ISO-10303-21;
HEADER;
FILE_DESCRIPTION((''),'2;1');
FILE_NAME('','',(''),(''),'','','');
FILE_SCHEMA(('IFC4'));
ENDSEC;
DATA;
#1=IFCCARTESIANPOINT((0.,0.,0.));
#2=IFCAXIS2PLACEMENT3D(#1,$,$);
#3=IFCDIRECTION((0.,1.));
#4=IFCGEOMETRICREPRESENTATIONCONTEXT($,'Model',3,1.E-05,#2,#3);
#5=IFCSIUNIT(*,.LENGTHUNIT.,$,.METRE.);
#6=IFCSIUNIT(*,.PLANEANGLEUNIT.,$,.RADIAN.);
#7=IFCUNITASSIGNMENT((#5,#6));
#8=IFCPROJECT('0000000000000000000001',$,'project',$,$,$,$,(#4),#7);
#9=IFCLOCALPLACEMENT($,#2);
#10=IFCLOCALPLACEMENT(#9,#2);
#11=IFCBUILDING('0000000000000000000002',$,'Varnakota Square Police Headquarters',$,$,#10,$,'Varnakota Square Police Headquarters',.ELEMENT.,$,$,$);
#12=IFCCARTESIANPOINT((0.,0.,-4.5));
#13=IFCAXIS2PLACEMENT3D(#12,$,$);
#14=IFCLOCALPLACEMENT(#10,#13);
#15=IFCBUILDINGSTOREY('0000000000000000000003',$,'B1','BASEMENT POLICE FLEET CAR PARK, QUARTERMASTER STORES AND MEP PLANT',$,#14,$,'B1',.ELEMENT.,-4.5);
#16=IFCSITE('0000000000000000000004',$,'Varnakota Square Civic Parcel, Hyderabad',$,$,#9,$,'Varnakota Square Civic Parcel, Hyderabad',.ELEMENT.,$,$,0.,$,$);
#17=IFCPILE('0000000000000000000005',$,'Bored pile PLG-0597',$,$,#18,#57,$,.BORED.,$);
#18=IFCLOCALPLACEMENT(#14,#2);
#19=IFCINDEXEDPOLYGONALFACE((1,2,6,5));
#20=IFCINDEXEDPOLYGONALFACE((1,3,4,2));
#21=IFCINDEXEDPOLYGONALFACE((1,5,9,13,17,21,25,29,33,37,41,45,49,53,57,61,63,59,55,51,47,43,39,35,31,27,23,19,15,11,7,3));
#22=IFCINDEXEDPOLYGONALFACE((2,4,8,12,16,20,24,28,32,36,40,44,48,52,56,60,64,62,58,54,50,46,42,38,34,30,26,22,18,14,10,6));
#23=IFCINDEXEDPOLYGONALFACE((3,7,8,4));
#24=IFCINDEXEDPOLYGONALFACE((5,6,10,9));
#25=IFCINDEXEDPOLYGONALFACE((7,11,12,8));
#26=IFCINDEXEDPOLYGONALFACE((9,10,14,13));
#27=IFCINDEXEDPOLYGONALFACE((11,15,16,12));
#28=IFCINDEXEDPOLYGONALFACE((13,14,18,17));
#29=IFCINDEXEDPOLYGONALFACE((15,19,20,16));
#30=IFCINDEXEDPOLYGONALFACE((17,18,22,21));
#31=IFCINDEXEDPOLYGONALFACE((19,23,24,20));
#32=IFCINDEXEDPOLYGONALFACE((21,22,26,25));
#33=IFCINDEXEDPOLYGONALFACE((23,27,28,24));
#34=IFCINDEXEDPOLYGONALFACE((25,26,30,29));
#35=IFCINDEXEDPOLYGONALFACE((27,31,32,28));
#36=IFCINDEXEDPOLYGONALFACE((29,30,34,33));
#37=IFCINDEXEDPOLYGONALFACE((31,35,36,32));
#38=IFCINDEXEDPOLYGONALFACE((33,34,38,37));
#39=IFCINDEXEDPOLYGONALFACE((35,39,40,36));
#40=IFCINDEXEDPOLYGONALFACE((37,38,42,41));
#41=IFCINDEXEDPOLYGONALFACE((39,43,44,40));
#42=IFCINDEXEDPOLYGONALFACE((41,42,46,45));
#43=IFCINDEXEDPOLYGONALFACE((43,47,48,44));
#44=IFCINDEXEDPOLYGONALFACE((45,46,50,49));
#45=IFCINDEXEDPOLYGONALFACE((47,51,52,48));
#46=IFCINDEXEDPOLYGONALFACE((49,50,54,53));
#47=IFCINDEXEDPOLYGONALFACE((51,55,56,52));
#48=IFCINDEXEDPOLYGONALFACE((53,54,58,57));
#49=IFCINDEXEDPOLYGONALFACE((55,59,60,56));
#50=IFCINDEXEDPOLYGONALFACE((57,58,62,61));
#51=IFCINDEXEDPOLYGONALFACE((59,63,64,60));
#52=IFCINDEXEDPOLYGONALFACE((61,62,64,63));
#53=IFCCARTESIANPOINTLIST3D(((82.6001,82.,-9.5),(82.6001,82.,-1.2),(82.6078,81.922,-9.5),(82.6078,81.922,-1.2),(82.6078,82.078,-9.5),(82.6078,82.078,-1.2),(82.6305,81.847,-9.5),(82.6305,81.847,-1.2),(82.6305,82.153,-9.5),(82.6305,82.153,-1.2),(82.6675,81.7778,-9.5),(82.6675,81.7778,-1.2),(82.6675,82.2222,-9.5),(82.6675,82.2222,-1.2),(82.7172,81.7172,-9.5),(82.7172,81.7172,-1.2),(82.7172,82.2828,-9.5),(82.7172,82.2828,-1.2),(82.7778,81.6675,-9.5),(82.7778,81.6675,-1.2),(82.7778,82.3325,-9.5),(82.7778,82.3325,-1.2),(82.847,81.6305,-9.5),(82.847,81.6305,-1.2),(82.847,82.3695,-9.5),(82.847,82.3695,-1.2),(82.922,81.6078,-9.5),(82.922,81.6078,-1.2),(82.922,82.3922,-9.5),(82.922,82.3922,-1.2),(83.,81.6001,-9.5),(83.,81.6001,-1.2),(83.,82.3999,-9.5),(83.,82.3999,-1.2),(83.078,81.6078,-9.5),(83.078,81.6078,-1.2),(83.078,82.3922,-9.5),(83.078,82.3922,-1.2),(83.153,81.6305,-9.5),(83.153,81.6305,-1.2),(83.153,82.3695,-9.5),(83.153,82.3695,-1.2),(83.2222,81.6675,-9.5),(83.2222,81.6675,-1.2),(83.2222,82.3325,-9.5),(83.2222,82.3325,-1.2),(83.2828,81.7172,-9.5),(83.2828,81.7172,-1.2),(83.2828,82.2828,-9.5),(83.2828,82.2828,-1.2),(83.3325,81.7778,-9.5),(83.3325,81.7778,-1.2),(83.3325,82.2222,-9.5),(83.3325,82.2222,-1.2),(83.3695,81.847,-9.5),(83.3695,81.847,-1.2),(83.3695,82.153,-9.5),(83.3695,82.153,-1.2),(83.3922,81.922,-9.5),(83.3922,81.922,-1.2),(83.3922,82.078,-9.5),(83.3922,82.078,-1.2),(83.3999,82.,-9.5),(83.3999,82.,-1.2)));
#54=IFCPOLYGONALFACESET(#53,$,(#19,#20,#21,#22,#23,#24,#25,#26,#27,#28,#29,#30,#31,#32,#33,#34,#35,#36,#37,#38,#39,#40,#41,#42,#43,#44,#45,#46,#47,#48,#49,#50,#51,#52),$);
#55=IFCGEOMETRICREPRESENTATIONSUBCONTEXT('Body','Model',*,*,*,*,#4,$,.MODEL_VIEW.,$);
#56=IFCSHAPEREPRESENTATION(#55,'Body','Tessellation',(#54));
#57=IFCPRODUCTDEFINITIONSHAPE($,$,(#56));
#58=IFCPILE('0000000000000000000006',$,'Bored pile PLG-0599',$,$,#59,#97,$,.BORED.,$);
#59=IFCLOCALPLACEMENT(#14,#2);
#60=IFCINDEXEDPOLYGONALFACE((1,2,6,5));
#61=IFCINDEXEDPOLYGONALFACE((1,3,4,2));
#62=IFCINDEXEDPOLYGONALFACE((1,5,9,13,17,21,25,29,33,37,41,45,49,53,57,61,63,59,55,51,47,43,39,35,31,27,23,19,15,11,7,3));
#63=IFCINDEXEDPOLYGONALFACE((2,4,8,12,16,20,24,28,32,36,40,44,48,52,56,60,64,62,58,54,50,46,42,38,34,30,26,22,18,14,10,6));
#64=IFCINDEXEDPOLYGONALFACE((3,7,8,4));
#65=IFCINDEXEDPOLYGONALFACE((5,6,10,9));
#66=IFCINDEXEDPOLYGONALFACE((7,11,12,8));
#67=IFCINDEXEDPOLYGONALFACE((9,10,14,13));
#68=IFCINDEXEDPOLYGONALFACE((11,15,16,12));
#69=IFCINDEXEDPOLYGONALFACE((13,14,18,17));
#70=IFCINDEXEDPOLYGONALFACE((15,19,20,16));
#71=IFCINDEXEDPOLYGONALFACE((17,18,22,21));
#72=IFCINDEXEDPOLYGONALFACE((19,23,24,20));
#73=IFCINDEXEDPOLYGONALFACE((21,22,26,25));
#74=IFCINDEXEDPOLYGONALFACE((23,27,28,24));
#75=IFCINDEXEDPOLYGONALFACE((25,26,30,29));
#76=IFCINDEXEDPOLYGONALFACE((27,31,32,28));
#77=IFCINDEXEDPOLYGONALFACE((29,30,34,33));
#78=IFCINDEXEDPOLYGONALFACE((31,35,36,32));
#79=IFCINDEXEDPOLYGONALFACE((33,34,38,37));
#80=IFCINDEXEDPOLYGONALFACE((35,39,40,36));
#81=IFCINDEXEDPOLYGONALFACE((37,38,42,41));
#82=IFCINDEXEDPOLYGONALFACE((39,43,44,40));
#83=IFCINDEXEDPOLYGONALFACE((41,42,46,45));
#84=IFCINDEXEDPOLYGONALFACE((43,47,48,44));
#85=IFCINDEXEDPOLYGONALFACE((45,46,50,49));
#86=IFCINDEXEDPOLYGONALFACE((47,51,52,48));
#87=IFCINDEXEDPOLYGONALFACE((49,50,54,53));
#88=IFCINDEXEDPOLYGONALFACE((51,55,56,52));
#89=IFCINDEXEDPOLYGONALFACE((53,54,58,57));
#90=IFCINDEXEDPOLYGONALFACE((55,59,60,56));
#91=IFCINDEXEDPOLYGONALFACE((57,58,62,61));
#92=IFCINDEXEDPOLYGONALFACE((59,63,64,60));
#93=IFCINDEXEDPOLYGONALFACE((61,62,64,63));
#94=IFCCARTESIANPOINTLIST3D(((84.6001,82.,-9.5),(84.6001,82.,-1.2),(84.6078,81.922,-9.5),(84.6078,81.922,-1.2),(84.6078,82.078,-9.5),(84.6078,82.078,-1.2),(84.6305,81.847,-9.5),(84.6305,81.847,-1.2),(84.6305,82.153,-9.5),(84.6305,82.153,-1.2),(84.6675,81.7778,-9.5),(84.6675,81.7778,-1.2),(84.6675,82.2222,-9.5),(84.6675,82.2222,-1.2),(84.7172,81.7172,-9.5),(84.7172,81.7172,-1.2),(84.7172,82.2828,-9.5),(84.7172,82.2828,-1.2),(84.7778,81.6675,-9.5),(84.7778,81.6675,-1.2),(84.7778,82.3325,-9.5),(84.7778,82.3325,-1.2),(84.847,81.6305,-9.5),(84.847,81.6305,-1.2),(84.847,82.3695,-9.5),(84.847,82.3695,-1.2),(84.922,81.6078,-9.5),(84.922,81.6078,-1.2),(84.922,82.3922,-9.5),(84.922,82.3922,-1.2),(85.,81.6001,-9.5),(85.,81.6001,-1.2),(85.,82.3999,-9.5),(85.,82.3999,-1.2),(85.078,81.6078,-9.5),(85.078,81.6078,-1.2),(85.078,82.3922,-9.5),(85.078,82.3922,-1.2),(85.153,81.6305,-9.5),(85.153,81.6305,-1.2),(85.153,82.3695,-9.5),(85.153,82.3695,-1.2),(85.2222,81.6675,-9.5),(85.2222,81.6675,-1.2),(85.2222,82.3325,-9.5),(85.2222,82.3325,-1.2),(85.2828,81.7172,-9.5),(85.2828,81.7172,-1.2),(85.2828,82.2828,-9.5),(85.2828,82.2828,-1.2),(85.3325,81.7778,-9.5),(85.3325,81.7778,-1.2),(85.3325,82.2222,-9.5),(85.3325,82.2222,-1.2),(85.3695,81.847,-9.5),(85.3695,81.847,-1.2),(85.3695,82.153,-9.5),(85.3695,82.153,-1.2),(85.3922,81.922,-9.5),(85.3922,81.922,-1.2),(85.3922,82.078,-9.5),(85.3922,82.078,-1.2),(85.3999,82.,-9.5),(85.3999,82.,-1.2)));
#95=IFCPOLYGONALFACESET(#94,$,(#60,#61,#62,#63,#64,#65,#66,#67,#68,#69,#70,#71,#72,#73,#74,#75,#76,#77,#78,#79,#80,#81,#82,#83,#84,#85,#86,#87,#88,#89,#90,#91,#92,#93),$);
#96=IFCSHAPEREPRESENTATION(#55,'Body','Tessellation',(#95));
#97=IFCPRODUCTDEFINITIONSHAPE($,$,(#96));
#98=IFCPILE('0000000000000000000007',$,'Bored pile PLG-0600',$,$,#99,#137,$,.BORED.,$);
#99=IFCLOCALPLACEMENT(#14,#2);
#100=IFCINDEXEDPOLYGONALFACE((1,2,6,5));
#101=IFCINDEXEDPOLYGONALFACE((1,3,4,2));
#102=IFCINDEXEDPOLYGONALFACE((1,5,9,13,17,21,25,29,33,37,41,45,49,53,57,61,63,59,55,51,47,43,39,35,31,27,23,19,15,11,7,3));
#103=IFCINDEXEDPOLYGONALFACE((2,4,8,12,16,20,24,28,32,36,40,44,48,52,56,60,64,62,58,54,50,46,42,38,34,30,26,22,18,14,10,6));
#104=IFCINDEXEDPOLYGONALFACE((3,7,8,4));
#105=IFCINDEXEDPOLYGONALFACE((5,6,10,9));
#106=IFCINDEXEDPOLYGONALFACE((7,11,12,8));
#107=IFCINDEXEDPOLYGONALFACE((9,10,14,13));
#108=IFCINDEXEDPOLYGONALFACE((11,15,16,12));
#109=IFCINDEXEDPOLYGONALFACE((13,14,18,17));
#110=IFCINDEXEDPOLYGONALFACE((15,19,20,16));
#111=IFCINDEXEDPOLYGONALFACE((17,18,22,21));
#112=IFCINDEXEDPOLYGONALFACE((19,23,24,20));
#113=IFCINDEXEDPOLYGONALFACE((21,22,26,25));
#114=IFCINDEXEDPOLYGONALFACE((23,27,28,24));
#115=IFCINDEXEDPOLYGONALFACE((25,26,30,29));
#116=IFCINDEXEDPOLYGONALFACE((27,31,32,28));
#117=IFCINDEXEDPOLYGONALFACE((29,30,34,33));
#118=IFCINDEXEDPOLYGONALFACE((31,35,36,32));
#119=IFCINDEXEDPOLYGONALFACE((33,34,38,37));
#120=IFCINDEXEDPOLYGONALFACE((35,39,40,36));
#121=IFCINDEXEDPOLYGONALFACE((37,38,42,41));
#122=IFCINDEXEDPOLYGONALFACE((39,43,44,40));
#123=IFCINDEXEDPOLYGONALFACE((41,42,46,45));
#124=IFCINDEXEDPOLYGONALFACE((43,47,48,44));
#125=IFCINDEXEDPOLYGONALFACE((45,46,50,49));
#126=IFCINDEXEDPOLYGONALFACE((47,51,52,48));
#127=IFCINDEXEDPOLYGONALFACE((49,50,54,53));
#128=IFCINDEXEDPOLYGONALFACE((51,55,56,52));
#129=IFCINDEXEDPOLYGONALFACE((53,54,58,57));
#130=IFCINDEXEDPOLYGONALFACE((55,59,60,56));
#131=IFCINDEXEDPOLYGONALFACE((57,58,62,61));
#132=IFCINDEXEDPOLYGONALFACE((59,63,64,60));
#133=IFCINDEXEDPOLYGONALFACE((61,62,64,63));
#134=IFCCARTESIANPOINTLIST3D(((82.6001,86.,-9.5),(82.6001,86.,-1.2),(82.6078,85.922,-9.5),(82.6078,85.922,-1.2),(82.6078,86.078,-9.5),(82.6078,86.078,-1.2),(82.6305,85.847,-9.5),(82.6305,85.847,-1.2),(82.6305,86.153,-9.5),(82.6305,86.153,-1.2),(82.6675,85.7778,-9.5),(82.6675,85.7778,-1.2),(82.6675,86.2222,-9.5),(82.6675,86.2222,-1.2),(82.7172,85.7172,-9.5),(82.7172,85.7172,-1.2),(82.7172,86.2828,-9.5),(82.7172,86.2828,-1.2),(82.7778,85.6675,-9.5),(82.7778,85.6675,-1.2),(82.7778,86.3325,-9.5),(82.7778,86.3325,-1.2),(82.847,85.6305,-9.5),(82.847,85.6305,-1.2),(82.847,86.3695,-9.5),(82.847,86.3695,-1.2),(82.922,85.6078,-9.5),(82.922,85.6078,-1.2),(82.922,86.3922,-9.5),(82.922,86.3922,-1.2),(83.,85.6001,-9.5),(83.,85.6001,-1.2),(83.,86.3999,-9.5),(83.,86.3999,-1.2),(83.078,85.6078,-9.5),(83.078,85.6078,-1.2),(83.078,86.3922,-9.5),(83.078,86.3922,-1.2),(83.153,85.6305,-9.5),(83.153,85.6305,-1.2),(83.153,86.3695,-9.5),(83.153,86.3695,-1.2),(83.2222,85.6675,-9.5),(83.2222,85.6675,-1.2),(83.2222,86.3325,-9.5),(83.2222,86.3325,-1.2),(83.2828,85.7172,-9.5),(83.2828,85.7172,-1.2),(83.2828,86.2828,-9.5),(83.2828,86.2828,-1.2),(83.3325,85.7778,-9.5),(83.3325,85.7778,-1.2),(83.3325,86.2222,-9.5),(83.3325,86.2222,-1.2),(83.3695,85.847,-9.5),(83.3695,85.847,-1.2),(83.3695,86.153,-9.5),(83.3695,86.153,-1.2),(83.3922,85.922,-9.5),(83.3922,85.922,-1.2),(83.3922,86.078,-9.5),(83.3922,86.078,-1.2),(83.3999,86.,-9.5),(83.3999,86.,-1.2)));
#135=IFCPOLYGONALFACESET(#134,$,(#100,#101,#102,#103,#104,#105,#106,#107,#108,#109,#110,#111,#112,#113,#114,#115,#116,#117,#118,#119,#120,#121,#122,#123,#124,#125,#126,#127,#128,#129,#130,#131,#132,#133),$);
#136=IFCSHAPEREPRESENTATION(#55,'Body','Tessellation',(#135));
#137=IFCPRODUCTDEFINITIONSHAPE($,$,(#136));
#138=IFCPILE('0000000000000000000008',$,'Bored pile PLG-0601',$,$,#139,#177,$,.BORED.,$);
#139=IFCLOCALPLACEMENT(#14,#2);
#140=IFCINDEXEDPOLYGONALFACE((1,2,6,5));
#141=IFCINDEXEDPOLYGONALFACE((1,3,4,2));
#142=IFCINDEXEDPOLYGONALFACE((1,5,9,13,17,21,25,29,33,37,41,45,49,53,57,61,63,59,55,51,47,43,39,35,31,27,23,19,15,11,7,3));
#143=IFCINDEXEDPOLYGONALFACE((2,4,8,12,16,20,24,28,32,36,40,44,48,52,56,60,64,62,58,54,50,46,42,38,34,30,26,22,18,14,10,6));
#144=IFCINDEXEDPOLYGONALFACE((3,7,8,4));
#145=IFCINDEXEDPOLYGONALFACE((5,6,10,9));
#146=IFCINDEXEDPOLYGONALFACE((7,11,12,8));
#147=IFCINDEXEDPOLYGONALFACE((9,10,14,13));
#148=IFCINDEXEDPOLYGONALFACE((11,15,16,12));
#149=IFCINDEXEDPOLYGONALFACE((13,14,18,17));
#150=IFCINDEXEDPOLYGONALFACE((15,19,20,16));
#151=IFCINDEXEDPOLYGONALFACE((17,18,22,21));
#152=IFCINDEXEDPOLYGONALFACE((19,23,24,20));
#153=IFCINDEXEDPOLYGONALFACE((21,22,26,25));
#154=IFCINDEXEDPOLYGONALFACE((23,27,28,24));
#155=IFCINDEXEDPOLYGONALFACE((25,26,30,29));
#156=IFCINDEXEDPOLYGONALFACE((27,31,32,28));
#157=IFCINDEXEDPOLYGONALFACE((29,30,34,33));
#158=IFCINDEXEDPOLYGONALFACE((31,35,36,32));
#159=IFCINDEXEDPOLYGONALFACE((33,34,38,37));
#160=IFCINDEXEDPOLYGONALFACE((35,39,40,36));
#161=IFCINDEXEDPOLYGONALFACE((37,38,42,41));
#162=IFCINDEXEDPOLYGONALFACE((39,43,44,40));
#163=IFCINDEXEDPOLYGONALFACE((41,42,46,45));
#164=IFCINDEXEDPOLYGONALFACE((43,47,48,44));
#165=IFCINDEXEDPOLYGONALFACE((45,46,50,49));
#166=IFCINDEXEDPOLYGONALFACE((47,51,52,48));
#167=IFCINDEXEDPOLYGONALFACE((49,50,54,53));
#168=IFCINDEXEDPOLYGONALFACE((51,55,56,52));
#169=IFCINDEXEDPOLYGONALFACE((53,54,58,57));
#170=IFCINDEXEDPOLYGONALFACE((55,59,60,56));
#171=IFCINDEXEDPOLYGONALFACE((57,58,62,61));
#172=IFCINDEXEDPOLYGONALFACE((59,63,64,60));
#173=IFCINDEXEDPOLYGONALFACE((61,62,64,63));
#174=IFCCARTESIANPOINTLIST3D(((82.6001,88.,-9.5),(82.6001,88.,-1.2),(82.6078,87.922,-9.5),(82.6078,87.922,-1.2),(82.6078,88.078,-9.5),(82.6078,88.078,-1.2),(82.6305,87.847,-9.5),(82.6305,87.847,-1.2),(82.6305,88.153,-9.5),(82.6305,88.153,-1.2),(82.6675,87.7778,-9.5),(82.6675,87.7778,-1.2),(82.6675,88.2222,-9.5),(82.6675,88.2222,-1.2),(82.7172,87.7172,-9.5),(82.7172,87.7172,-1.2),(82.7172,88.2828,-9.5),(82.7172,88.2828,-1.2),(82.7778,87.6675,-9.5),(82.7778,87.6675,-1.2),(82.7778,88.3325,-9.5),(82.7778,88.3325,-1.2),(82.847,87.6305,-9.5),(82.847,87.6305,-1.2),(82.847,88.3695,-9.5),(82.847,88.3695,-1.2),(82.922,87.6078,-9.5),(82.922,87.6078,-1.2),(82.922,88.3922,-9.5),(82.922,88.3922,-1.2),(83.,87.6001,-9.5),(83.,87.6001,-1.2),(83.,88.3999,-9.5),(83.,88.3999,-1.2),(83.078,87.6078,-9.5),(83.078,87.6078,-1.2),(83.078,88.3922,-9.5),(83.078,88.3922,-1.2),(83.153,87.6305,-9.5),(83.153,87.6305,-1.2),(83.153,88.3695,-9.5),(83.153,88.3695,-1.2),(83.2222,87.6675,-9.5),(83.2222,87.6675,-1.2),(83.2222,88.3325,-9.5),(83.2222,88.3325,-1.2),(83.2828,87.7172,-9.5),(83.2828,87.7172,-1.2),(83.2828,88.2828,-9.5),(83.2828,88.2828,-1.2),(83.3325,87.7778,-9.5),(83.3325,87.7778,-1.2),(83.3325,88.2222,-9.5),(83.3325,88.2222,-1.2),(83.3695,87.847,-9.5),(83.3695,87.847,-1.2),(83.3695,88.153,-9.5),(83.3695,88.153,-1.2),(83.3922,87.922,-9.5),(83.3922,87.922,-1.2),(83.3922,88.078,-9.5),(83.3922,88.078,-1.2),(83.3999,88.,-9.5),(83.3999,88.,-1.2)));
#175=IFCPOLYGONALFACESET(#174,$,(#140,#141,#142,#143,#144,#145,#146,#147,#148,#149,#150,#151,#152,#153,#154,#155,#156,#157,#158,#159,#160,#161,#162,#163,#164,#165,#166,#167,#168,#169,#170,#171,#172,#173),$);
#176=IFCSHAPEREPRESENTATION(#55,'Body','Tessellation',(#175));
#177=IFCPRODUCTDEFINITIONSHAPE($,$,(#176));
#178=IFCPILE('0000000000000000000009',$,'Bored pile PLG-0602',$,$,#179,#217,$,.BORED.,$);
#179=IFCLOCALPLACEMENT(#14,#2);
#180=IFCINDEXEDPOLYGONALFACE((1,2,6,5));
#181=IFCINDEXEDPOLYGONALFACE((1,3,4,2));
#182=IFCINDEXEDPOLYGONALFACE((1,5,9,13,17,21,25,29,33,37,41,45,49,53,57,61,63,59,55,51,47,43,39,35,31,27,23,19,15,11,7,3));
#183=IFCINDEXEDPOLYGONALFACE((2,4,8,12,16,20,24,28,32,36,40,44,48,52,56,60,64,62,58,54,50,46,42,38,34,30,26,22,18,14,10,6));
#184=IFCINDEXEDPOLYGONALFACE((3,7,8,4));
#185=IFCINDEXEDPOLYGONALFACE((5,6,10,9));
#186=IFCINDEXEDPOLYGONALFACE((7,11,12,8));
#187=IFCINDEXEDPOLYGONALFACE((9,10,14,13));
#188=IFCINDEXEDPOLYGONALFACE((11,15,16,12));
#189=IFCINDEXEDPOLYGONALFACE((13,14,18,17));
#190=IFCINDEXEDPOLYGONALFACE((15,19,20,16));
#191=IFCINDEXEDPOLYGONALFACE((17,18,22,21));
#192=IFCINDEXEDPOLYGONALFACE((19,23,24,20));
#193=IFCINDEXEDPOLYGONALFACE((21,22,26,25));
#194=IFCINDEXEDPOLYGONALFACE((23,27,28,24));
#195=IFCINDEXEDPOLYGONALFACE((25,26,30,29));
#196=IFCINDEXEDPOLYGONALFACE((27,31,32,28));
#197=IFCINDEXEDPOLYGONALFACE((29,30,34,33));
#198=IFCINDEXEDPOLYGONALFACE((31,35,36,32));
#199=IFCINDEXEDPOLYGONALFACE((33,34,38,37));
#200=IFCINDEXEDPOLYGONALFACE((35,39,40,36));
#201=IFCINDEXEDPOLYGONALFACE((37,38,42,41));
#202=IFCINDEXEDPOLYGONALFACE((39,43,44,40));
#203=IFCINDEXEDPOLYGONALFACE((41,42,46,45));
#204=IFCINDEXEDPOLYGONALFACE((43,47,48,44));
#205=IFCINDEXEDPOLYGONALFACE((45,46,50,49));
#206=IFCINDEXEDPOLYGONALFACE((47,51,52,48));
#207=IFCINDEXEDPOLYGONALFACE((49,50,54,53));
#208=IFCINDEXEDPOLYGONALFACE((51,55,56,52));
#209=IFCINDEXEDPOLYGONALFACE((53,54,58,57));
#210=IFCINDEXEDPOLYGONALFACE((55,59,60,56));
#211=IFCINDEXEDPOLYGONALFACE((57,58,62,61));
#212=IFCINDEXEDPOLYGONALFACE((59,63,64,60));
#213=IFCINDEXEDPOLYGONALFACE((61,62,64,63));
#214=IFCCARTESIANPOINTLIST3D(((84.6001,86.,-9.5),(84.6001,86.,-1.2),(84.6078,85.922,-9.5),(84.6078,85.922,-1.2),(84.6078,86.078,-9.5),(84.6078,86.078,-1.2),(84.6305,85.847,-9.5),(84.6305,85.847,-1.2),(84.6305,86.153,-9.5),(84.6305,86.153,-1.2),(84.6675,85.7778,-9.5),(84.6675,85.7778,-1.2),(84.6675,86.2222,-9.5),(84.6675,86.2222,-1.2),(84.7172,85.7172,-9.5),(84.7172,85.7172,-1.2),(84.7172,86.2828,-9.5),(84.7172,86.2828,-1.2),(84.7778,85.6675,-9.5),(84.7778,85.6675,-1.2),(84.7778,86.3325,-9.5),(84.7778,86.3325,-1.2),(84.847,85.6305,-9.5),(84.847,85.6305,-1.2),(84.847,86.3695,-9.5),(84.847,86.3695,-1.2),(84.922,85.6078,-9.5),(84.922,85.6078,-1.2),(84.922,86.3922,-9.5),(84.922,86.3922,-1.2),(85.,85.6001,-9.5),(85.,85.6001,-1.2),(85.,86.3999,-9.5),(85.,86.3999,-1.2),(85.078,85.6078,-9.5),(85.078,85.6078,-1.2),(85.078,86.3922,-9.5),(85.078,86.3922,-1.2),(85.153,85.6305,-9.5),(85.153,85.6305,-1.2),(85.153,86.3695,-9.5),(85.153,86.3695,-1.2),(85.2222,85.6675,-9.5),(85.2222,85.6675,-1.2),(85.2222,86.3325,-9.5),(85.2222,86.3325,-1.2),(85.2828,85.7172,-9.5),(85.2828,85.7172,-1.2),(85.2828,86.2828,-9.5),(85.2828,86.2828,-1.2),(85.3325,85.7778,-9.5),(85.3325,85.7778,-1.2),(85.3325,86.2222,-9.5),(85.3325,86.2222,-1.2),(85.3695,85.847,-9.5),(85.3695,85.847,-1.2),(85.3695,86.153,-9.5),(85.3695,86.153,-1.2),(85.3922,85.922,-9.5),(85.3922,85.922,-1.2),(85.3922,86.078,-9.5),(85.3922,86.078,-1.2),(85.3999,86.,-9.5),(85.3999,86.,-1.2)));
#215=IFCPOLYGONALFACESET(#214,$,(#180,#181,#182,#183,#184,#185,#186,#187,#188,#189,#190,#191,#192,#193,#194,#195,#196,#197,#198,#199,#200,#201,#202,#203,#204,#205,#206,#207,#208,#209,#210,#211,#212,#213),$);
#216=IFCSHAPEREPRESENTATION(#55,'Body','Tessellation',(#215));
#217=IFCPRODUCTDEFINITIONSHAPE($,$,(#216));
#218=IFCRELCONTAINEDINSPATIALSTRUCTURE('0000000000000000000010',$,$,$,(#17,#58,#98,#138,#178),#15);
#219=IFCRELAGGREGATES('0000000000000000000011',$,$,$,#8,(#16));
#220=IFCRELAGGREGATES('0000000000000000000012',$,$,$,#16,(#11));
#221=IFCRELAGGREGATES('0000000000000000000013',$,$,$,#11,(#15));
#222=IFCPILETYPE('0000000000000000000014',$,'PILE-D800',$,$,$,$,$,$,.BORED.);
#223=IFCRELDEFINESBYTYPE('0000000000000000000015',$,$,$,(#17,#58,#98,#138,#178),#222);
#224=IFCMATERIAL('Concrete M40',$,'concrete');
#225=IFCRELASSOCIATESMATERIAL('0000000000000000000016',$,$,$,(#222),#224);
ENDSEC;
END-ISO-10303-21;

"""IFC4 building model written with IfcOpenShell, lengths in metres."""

from ifc_helpers import new_model, si_unit, direction, frame, origin, origin_2d, place, context, subcontext, project, spatial, circle, extrude, material, material_profile, profile_set, type_object, element, save


model = new_model("IFC4")

# Units and contexts
model_context = context("Model", 3, precision=1e-05, world=origin(), true_north=direction((0.0, 1.0)))
body_context = subcontext(model_context, "Body", "Model", "MODEL_VIEW")
ifc_project = project(units=[si_unit("LENGTHUNIT", "METRE"), si_unit("PLANEANGLEUNIT", "RADIAN")], contexts=[model_context])

# Site, building, storey
site_placement = place(None, origin())
site = spatial("IfcSite", under=ifc_project, at=site_placement, Name="Varnakota Square Civic Parcel, Hyderabad", LongName="Varnakota Square Civic Parcel, Hyderabad", CompositionType="ELEMENT", RefElevation=0.0)
building_placement = place(site_placement, origin())
building = spatial("IfcBuilding", under=site, at=building_placement, Name="Varnakota Square Police Headquarters", LongName="Varnakota Square Police Headquarters", CompositionType="ELEMENT")
storey_placement = place(building_placement, frame((0.0, 0.0, -4.5)))
storey = spatial("IfcBuildingStorey", under=building, at=storey_placement, Name="B1", Description="BASEMENT POLICE FLEET CAR PARK, QUARTERMASTER STORES AND MEP PLANT", LongName="B1", CompositionType="ELEMENT", Elevation=-4.5)

# Shared definitions
ifc_material_1 = material(Name="Concrete M40", Category="concrete")

# Piles
ifc_material_profile_1 = material_profile(ifc_material_1, circle(Radius=0.3999, at=origin_2d()), Name="BORED PILE 800")
ifc_profile_set_1 = profile_set([ifc_material_profile_1], Name="Concrete M40")
pile_type = type_object("IfcPileType", Name="PILE-D800", PredefinedType="BORED", material=ifc_profile_set_1)
for number, where, z_axis, x_axis, name in (
    (1, (83.0, 82.0, -1.2), (0.0, 0.0, -1.0), (1.0, 0.0, 0.0), "Bored pile PLG-0597"),
    (2, (85.0, 82.0, -1.2), (0.0, 0.0, -1.0), (1.0, 0.0, 0.0), "Bored pile PLG-0599"),
    (3, (83.0, 86.0, -1.2), (0.0, 0.0, -1.0), (1.0, 0.0, 0.0), "Bored pile PLG-0600"),
    (4, (83.0, 88.0, -1.2), (0.0, 0.0, -1.0), (1.0, 0.0, 0.0), "Bored pile PLG-0601"),
    (5, (85.0, 86.0, -1.2), (0.0, 0.0, -1.0), (1.0, 0.0, 0.0), "Bored pile PLG-0602"),
):
    element("IfcPile", number, at=place(storey_placement, frame(where, z_axis=z_axis, x_axis=x_axis)), inside=storey, type_object=pile_type, Name=name, PredefinedType="BORED", context=body_context, shape_type="SweptSolid", body=[
        extrude(circle(Radius=0.3999, at=origin_2d()), origin(), (0.0, 0.0, 1.0), 8.3),
    ])

save(model, "model.ifc")
